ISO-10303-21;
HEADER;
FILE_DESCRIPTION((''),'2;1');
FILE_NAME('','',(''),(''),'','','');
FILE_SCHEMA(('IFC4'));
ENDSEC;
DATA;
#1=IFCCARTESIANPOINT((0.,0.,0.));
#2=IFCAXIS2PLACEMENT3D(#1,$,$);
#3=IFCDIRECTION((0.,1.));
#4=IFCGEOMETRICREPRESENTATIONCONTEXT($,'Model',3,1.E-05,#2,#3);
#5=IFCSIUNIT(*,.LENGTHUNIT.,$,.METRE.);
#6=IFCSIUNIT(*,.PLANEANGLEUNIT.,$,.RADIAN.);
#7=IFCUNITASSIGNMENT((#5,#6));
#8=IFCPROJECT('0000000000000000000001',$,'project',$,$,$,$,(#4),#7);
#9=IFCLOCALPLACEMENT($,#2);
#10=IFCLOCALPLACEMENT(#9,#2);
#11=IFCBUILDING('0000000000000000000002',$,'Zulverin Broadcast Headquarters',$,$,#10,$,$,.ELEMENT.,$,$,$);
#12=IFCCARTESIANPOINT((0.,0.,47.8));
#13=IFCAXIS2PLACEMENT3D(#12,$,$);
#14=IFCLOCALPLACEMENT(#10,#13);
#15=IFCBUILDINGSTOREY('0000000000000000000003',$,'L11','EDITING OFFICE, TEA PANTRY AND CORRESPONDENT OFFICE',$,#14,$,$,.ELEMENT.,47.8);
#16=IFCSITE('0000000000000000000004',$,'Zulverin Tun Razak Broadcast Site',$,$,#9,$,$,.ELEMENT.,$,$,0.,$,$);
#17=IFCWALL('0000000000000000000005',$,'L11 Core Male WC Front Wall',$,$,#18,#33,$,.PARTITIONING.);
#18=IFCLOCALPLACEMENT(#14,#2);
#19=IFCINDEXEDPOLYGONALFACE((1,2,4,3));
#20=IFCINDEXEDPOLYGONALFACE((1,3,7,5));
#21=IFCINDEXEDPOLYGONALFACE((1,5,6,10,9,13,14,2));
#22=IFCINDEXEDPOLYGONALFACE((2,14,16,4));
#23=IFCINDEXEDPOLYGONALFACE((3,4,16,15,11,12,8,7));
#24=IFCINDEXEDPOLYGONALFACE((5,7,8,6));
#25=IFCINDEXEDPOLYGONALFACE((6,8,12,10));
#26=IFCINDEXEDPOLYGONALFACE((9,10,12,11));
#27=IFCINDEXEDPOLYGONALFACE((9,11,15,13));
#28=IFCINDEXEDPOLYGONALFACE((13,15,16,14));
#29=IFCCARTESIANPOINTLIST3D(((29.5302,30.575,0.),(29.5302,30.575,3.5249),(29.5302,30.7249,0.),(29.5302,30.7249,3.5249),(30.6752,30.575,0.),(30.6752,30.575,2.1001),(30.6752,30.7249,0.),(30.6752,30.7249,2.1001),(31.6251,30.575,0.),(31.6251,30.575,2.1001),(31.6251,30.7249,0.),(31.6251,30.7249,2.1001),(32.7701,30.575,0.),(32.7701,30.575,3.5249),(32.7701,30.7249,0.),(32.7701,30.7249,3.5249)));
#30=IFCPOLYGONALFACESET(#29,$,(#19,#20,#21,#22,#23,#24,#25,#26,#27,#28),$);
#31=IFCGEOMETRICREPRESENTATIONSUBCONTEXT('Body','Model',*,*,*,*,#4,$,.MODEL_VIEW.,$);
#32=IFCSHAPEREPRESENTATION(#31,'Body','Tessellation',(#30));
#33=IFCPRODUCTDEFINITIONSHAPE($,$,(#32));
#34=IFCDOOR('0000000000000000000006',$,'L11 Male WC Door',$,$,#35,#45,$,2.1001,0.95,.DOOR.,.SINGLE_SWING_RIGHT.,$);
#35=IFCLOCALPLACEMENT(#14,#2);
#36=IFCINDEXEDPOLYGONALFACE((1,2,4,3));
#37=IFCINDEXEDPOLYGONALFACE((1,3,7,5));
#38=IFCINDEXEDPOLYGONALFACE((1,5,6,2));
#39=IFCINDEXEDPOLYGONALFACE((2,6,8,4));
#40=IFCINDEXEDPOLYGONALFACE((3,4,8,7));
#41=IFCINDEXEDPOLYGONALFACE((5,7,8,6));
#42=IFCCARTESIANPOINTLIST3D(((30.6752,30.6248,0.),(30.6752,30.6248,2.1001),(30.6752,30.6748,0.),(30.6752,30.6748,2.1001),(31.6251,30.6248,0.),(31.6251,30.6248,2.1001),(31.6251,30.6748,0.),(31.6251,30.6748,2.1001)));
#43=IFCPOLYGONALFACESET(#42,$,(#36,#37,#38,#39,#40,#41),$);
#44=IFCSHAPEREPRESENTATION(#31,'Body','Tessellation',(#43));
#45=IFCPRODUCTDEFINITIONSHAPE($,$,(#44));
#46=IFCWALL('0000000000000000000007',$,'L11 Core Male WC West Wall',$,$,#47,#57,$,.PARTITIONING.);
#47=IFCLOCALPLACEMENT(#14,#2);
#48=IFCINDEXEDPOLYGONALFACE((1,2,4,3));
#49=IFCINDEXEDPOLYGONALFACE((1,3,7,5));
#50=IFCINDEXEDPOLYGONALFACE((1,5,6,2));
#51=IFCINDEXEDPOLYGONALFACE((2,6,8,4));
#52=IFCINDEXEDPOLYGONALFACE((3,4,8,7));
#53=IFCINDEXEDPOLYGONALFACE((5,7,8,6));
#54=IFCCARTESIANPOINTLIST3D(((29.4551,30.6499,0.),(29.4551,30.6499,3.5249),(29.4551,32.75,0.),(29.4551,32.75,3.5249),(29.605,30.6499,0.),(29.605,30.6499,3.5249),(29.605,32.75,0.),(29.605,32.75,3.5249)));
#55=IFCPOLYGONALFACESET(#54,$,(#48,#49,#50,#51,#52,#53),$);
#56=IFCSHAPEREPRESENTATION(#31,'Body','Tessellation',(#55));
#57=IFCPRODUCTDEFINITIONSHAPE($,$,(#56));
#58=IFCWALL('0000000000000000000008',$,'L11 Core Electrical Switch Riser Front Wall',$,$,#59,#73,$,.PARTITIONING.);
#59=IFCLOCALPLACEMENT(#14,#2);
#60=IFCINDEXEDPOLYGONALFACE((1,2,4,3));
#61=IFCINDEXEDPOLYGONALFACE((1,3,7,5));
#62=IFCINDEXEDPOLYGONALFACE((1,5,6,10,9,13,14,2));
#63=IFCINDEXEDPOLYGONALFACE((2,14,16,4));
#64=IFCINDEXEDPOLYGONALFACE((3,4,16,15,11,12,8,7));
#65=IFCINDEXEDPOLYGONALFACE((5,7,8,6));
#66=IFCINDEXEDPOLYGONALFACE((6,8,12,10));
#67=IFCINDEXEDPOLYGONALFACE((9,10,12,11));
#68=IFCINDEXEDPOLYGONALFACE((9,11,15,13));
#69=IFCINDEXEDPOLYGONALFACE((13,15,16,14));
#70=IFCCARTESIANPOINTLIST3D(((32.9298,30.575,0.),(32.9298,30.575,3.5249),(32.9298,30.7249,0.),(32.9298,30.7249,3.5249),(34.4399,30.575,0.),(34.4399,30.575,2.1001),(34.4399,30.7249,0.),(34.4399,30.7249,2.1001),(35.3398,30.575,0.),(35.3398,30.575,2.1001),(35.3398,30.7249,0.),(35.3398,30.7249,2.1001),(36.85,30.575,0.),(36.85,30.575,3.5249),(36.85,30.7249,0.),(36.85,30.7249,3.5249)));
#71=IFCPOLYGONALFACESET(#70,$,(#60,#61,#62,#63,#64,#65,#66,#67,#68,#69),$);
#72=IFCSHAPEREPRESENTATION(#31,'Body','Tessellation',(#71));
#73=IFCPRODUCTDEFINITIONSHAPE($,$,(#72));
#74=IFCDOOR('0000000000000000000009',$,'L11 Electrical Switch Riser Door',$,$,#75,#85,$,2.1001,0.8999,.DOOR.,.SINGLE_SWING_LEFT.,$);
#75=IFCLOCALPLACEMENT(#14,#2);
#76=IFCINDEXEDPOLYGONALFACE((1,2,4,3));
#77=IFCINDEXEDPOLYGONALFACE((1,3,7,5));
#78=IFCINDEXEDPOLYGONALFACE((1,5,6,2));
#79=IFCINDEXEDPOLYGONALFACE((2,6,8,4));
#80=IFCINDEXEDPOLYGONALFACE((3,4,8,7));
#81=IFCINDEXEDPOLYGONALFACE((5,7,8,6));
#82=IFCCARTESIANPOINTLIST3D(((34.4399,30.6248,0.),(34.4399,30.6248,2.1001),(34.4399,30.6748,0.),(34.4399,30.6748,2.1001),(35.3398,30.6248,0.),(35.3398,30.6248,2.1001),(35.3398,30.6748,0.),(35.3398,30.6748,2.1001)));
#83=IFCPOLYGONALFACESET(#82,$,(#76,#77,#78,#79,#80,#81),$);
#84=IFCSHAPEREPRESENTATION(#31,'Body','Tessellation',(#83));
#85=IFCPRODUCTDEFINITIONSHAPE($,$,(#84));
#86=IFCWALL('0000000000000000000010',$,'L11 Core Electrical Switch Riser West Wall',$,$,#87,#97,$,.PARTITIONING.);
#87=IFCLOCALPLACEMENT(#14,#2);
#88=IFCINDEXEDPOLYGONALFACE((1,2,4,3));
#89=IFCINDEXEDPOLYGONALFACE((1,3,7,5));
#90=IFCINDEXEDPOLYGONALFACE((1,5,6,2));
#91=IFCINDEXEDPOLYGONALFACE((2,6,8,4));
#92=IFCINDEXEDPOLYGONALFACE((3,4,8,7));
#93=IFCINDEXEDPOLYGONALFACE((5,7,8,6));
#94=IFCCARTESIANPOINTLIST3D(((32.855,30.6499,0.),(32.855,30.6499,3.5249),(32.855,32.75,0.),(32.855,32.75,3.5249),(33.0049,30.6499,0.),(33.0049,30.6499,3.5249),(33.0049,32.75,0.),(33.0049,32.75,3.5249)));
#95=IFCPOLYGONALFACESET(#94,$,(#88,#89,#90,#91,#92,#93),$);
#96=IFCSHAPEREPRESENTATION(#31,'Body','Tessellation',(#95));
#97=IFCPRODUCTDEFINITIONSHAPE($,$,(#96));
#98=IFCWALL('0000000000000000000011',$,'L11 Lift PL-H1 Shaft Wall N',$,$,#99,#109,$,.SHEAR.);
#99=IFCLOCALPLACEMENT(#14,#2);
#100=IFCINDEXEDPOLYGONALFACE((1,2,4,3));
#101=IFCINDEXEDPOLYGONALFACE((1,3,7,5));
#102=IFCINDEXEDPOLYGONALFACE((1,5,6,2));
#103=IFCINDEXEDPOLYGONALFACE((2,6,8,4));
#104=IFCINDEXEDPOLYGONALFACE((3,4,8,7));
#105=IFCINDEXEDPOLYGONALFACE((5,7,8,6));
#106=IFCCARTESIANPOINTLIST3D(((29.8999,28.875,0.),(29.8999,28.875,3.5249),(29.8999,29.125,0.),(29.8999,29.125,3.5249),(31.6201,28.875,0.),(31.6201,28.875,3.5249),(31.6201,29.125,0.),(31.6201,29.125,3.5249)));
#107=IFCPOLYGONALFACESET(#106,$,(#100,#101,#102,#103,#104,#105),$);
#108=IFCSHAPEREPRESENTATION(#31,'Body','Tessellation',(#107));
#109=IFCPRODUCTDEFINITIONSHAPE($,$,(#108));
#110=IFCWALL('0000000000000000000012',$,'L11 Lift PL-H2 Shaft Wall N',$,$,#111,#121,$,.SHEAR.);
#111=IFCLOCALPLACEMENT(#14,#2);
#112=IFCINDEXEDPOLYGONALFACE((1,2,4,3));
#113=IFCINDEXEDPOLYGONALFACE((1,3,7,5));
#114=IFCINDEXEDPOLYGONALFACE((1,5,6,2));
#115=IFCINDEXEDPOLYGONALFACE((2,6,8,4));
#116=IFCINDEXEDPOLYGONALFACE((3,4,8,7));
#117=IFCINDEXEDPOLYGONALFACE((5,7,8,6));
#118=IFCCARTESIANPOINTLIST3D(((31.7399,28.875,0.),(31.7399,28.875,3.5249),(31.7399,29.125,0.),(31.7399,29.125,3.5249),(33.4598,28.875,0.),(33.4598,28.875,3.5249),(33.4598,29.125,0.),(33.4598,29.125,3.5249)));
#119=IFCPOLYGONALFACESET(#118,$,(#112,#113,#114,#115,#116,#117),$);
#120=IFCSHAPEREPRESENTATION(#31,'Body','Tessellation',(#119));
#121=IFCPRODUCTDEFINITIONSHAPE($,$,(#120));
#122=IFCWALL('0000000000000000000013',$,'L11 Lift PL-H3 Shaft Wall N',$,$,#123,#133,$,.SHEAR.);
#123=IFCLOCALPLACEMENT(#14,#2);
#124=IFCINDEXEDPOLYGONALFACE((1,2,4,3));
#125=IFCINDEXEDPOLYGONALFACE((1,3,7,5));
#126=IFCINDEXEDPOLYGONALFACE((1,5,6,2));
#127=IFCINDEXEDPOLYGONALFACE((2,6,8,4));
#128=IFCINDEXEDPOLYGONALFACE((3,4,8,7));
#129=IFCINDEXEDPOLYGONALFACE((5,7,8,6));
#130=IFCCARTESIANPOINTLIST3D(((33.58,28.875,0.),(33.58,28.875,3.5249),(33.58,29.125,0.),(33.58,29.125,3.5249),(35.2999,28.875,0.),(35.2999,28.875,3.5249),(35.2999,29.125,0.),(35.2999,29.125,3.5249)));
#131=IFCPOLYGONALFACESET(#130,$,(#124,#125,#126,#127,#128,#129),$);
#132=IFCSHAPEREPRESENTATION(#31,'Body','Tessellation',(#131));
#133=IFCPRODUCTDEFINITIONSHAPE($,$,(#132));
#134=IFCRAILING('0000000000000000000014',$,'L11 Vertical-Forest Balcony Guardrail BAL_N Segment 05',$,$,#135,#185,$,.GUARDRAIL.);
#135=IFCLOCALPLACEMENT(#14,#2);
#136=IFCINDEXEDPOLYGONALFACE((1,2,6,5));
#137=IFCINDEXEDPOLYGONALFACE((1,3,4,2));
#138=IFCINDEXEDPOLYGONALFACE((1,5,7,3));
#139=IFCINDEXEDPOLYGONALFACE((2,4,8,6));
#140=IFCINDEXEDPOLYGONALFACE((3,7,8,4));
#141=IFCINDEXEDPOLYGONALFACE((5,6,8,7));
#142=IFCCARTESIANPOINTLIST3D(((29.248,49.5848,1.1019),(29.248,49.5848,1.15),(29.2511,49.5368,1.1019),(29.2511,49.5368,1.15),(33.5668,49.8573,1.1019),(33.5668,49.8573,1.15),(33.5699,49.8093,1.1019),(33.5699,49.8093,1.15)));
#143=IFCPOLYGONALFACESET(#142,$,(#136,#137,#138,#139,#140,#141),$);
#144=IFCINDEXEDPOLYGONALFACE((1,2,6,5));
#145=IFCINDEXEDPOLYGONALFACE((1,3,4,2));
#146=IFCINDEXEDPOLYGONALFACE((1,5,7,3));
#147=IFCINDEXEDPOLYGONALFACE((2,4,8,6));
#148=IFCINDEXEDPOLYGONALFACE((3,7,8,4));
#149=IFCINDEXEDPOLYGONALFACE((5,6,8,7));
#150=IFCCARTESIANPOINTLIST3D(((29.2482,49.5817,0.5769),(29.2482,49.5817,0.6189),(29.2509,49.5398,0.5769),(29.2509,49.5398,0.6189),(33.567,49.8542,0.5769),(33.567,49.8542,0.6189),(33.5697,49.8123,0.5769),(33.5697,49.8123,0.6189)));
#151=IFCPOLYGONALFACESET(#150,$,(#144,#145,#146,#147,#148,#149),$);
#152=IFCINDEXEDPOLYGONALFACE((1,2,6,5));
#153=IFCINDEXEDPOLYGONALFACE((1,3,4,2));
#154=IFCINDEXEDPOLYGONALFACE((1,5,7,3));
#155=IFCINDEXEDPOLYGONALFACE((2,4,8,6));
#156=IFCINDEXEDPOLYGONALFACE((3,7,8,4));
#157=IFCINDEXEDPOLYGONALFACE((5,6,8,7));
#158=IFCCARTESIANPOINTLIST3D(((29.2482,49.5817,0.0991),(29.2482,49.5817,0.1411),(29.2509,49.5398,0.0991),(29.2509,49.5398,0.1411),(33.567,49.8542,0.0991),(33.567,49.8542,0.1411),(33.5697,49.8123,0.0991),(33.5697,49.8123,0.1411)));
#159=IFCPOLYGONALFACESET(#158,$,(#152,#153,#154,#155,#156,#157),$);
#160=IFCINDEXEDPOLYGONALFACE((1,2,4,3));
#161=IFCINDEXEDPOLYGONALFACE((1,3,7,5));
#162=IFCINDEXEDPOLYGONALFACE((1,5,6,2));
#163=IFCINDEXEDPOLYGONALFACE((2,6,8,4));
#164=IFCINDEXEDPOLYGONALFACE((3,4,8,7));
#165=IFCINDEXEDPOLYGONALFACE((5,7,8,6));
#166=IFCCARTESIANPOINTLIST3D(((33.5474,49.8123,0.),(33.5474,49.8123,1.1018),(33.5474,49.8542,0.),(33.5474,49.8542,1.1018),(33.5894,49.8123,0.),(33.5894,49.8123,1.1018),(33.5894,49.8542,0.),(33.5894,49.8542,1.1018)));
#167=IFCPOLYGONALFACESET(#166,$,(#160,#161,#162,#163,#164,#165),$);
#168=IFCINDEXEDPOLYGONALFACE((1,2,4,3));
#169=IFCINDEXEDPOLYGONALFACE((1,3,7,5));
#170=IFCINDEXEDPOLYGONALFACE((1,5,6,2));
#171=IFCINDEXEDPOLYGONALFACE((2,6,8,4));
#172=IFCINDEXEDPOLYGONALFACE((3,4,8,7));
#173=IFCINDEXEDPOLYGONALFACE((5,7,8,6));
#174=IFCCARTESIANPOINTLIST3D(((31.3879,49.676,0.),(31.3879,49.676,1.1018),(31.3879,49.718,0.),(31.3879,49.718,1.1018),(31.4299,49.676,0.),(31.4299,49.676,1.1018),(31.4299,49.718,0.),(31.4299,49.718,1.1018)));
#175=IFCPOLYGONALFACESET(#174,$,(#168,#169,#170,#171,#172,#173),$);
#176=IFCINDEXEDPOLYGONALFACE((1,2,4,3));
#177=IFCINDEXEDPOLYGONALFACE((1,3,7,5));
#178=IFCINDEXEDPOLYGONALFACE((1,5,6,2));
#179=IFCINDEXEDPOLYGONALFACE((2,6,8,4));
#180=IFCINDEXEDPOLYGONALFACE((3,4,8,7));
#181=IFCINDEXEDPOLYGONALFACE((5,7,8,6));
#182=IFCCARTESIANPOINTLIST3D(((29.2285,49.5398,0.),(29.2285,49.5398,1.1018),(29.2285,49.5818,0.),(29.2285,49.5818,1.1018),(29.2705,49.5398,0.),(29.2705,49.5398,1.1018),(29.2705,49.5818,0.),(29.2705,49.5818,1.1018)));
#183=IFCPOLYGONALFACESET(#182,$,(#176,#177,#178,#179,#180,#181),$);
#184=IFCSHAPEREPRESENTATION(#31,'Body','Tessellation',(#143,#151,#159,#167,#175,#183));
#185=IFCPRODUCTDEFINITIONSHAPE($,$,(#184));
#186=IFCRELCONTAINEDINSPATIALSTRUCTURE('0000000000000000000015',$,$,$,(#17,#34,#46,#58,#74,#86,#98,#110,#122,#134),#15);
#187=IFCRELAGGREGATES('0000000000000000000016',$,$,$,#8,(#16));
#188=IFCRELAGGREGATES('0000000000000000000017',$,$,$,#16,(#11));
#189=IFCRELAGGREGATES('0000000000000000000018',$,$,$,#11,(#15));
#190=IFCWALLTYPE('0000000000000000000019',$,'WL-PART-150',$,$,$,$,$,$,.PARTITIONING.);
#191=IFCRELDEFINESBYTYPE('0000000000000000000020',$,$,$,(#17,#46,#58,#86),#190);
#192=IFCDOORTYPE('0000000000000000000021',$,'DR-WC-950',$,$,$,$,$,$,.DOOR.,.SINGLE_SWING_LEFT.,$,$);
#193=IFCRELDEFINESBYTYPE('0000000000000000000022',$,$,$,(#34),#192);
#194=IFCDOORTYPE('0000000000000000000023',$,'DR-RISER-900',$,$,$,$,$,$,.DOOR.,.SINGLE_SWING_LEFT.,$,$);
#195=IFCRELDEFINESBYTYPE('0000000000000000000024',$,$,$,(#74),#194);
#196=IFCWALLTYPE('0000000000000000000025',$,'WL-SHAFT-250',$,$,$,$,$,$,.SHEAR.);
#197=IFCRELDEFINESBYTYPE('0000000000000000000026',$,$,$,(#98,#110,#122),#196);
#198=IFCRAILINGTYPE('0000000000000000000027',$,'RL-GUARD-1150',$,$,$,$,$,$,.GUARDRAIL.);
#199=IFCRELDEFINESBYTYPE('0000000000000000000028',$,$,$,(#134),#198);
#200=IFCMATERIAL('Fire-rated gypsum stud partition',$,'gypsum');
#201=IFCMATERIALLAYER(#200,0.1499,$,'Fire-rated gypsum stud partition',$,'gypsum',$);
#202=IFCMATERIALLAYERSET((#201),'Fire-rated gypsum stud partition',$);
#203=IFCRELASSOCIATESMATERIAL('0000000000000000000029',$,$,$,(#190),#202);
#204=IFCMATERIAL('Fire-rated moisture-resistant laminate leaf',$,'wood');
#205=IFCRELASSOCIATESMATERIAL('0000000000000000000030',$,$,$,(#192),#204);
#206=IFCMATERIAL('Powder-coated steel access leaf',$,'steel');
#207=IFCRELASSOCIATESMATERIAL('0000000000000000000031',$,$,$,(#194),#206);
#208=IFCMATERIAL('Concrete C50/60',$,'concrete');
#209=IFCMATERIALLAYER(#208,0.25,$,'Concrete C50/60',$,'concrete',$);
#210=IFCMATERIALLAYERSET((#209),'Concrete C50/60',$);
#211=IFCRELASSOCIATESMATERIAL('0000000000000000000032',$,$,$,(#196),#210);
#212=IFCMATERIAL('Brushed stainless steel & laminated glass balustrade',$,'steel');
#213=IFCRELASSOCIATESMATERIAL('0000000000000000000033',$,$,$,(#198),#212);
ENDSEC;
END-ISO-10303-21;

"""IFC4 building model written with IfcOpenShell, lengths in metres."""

from ifc_helpers import new_model, si_unit, direction, frame, frame_2d, origin, origin_2d, place, context, subcontext, project, spatial, rectangle, extrude, material, layer, layer_set, type_object, element, fill, save


model = new_model("IFC4")

# Units and contexts
model_context = context("Model", 3, precision=1e-05, world=origin(), true_north=direction((0.0, 1.0)))
body_context = subcontext(model_context, "Body", "Model", "MODEL_VIEW")
ifc_project = project(units=[si_unit("LENGTHUNIT", "METRE"), si_unit("PLANEANGLEUNIT", "RADIAN")], contexts=[model_context])

# Site, building, storey
site_placement = place(None, origin())
site = spatial("IfcSite", under=ifc_project, at=site_placement, Name="Zulverin Tun Razak Broadcast Site", CompositionType="ELEMENT", RefElevation=0.0)
building_placement = place(site_placement, origin())
building = spatial("IfcBuilding", under=site, at=building_placement, Name="Zulverin Broadcast Headquarters", CompositionType="ELEMENT")
storey_placement = place(building_placement, frame((0.0, 0.0, 47.8)))
storey = spatial("IfcBuildingStorey", under=building, at=storey_placement, Name="L11", Description="EDITING OFFICE, TEA PANTRY AND CORRESPONDENT OFFICE", CompositionType="ELEMENT", Elevation=47.8)

# Wall, opening, door
ifc_material_1 = material(Name="Fire-rated gypsum stud partition", Category="gypsum")
ifc_layer_1 = layer(ifc_material_1, 0.1499, Name="Fire-rated gypsum stud partition", Category="gypsum")
ifc_layer_set_1 = layer_set([ifc_layer_1], Name="Fire-rated gypsum stud partition")
wall_type_1 = type_object("IfcWallType", Name="WL-PART-150", PredefinedType="PARTITIONING", material=ifc_layer_set_1)
wall_1_placement = place(storey_placement, frame((29.53, 30.6499, 0.0), z_axis=(0.0, 0.0, 1.0), x_axis=(1.0, 0.0, 0.0)))
wall_1 = element("IfcWall", 1, at=wall_1_placement, inside=storey, type_object=wall_type_1, Name="L11 Core Male WC Front Wall", PredefinedType="PARTITIONING", context=body_context, shape_type="SweptSolid", body=[
    extrude(rectangle(XDim=3.24, YDim=0.1499, at=frame_2d((1.6201, 0.0))), origin(), (0.0, 0.0, 1.0), 3.5249),
])
opening_1_placement = place(wall_1_placement, frame((1.145, 0.0, 0.0)))
opening_1 = element("IfcOpeningElement", 2, at=opening_1_placement, cuts=wall_1, PredefinedType="OPENING", context=body_context, shape_type="SweptSolid", body=[
    extrude(rectangle(XDim=0.95, YDim=2.1001, at=frame_2d((0.4751, 1.05))), frame((0.0, 0.085, 0.0), z_axis=(0.0, -1.0, 0.0), x_axis=(1.0, 0.0, 0.0)), (0.0, 0.0, 1.0), 0.1699),
])
ifc_material_2 = material(Name="Fire-rated moisture-resistant laminate leaf", Category="wood")
door_type_1 = type_object("IfcDoorType", Name="DR-WC-950", OperationType="SINGLE_SWING_LEFT", PredefinedType="DOOR", material=ifc_material_2)
door_1_placement = place(opening_1_placement, origin())
door_1 = element("IfcDoor", 3, at=door_1_placement, inside=storey, type_object=door_type_1, Name="L11 Male WC Door", OperationType="SINGLE_SWING_RIGHT", OverallHeight=2.1001, OverallWidth=0.95, PredefinedType="DOOR", context=body_context, shape_type="SweptSolid", body=[
    extrude(rectangle(XDim=0.95, YDim=2.1001, at=frame_2d((0.4751, 1.05))), frame((0.0, 0.0249, 0.0), z_axis=(0.0, -1.0, 0.0), x_axis=(1.0, 0.0, 0.0)), (0.0, 0.0, 1.0), 0.05),
])
fill(opening_1, door_1)

# Wall
wall_2_placement = place(storey_placement, frame((29.53, 30.6499, 0.0), z_axis=(0.0, 0.0, 1.0), x_axis=(0.0, 1.0, 0.0)))
element("IfcWall", 4, at=wall_2_placement, inside=storey, type_object=wall_type_1, Name="L11 Core Male WC West Wall", PredefinedType="PARTITIONING", context=body_context, shape_type="SweptSolid", body=[
    extrude(rectangle(XDim=2.1001, YDim=0.1499, at=frame_2d((1.05, 0.0))), origin(), (0.0, 0.0, 1.0), 3.5249),
])

# Wall, opening, door
wall_3_placement = place(storey_placement, frame((32.9299, 30.6499, 0.0), z_axis=(0.0, 0.0, 1.0), x_axis=(1.0, 0.0, 0.0)))
wall_3 = element("IfcWall", 5, at=wall_3_placement, inside=storey, type_object=wall_type_1, Name="L11 Core Electrical Switch Riser Front Wall", PredefinedType="PARTITIONING", context=body_context, shape_type="SweptSolid", body=[
    extrude(rectangle(XDim=3.9202, YDim=0.1499, at=frame_2d((1.96, 0.0))), origin(), (0.0, 0.0, 1.0), 3.5249),
])
opening_2_placement = place(wall_3_placement, frame((1.51, 0.0, 0.0)))
opening_2 = element("IfcOpeningElement", 6, at=opening_2_placement, cuts=wall_3, PredefinedType="OPENING", context=body_context, shape_type="SweptSolid", body=[
    extrude(rectangle(XDim=0.8999, YDim=2.1001, at=frame_2d((0.45, 1.05))), frame((0.0, 0.085, 0.0), z_axis=(0.0, -1.0, 0.0), x_axis=(1.0, 0.0, 0.0)), (0.0, 0.0, 1.0), 0.1699),
])
ifc_material_3 = material(Name="Powder-coated steel access leaf", Category="steel")
door_type_2 = type_object("IfcDoorType", Name="DR-RISER-900", OperationType="SINGLE_SWING_LEFT", PredefinedType="DOOR", material=ifc_material_3)
door_2_placement = place(opening_2_placement, origin())
door_2 = element("IfcDoor", 7, at=door_2_placement, inside=storey, type_object=door_type_2, Name="L11 Electrical Switch Riser Door", OperationType="SINGLE_SWING_LEFT", OverallHeight=2.1001, OverallWidth=0.8999, PredefinedType="DOOR", context=body_context, shape_type="SweptSolid", body=[
    extrude(rectangle(XDim=0.8999, YDim=2.1001, at=frame_2d((0.45, 1.05))), frame((0.0, 0.0249, 0.0), z_axis=(0.0, -1.0, 0.0), x_axis=(1.0, 0.0, 0.0)), (0.0, 0.0, 1.0), 0.05),
])
fill(opening_2, door_2)

# Walls
wall_4_placement = place(storey_placement, frame((32.9299, 30.6499, 0.0), z_axis=(0.0, 0.0, 1.0), x_axis=(0.0, 1.0, 0.0)))
element("IfcWall", 8, at=wall_4_placement, inside=storey, type_object=wall_type_1, Name="L11 Core Electrical Switch Riser West Wall", PredefinedType="PARTITIONING", context=body_context, shape_type="SweptSolid", body=[
    extrude(rectangle(XDim=2.1001, YDim=0.1499, at=frame_2d((1.05, 0.0))), origin(), (0.0, 0.0, 1.0), 3.5249),
])
ifc_material_4 = material(Name="Concrete C50/60", Category="concrete")
ifc_layer_2 = layer(ifc_material_4, 0.25, Name="Concrete C50/60", Category="concrete")
ifc_layer_set_2 = layer_set([ifc_layer_2], Name="Concrete C50/60")
wall_type_2 = type_object("IfcWallType", Name="WL-SHAFT-250", PredefinedType="SHEAR", material=ifc_layer_set_2)
wall_5_placement = place(storey_placement, frame((29.8999, 29.0, 0.0), z_axis=(0.0, 0.0, 1.0), x_axis=(1.0, 0.0, 0.0)))
element("IfcWall", 9, at=wall_5_placement, inside=storey, type_object=wall_type_2, Name="L11 Lift PL-H1 Shaft Wall N", PredefinedType="SHEAR", context=body_context, shape_type="SweptSolid", body=[
    extrude(rectangle(XDim=1.7202, YDim=0.25, at=frame_2d((0.8601, 0.0))), origin(), (0.0, 0.0, 1.0), 3.5249),
])
for number, where, z_axis, x_axis, name in (
    (10, (31.74, 29.0, 0.0), (0.0, 0.0, 1.0), (1.0, 0.0, 0.0), "L11 Lift PL-H2 Shaft Wall N"),
    (11, (33.5801, 29.0, 0.0), (0.0, 0.0, 1.0), (1.0, 0.0, 0.0), "L11 Lift PL-H3 Shaft Wall N"),
):
    element("IfcWall", number, at=place(storey_placement, frame(where, z_axis=z_axis, x_axis=x_axis)), inside=storey, type_object=wall_type_2, Name=name, PredefinedType="SHEAR", context=body_context, shape_type="SweptSolid", body=[
        extrude(rectangle(XDim=1.72, YDim=0.25, at=frame_2d((0.8599, 0.0))), origin(), (0.0, 0.0, 1.0), 3.5249),
    ])

# Railing
ifc_material_5 = material(Name="Brushed stainless steel & laminated glass balustrade", Category="steel")
railing_type = type_object("IfcRailingType", Name="RL-GUARD-1150", PredefinedType="GUARDRAIL", material=ifc_material_5)
railing_1_placement = place(storey_placement, frame((33.5684, 49.8333, 0.0)))
element("IfcRailing", 12, at=railing_1_placement, inside=storey, type_object=railing_type, Name="L11 Vertical-Forest Balcony Guardrail BAL_N Segment 05", PredefinedType="GUARDRAIL", context=body_context, shape_type="SweptSolid", body=[
    extrude(rectangle(XDim=0.0481, YDim=0.0481, at=origin_2d()), frame((0.0, 0.0, 1.126), z_axis=(-0.998016, -0.062961, 0.0), x_axis=(0.062961, -0.998016, 0.0)), (0.0, 0.0, 1.0), 4.3274),
    extrude(rectangle(XDim=0.042, YDim=0.042, at=origin_2d()), frame((0.0, 0.0, 0.5979), z_axis=(-0.998016, -0.062961, 0.0), x_axis=(0.062961, -0.998016, 0.0)), (0.0, 0.0, 1.0), 4.3274),
    extrude(rectangle(XDim=0.042, YDim=0.042, at=origin_2d()), frame((0.0, 0.0, 0.1201), z_axis=(-0.998016, -0.062961, 0.0), x_axis=(0.062961, -0.998016, 0.0)), (0.0, 0.0, 1.0), 4.3274),
    extrude(rectangle(XDim=0.042, YDim=0.042, at=origin_2d()), origin(), (0.0, 0.0, 1.0), 1.1018),
    extrude(rectangle(XDim=0.042, YDim=0.042, at=origin_2d()), frame((-2.1594, -0.1362, 0.0)), (0.0, 0.0, 1.0), 1.1018),
    extrude(rectangle(XDim=0.042, YDim=0.042, at=origin_2d()), frame((-4.3188, -0.2725, 0.0)), (0.0, 0.0, 1.0), 1.1018),
])

save(model, "model.ifc")
